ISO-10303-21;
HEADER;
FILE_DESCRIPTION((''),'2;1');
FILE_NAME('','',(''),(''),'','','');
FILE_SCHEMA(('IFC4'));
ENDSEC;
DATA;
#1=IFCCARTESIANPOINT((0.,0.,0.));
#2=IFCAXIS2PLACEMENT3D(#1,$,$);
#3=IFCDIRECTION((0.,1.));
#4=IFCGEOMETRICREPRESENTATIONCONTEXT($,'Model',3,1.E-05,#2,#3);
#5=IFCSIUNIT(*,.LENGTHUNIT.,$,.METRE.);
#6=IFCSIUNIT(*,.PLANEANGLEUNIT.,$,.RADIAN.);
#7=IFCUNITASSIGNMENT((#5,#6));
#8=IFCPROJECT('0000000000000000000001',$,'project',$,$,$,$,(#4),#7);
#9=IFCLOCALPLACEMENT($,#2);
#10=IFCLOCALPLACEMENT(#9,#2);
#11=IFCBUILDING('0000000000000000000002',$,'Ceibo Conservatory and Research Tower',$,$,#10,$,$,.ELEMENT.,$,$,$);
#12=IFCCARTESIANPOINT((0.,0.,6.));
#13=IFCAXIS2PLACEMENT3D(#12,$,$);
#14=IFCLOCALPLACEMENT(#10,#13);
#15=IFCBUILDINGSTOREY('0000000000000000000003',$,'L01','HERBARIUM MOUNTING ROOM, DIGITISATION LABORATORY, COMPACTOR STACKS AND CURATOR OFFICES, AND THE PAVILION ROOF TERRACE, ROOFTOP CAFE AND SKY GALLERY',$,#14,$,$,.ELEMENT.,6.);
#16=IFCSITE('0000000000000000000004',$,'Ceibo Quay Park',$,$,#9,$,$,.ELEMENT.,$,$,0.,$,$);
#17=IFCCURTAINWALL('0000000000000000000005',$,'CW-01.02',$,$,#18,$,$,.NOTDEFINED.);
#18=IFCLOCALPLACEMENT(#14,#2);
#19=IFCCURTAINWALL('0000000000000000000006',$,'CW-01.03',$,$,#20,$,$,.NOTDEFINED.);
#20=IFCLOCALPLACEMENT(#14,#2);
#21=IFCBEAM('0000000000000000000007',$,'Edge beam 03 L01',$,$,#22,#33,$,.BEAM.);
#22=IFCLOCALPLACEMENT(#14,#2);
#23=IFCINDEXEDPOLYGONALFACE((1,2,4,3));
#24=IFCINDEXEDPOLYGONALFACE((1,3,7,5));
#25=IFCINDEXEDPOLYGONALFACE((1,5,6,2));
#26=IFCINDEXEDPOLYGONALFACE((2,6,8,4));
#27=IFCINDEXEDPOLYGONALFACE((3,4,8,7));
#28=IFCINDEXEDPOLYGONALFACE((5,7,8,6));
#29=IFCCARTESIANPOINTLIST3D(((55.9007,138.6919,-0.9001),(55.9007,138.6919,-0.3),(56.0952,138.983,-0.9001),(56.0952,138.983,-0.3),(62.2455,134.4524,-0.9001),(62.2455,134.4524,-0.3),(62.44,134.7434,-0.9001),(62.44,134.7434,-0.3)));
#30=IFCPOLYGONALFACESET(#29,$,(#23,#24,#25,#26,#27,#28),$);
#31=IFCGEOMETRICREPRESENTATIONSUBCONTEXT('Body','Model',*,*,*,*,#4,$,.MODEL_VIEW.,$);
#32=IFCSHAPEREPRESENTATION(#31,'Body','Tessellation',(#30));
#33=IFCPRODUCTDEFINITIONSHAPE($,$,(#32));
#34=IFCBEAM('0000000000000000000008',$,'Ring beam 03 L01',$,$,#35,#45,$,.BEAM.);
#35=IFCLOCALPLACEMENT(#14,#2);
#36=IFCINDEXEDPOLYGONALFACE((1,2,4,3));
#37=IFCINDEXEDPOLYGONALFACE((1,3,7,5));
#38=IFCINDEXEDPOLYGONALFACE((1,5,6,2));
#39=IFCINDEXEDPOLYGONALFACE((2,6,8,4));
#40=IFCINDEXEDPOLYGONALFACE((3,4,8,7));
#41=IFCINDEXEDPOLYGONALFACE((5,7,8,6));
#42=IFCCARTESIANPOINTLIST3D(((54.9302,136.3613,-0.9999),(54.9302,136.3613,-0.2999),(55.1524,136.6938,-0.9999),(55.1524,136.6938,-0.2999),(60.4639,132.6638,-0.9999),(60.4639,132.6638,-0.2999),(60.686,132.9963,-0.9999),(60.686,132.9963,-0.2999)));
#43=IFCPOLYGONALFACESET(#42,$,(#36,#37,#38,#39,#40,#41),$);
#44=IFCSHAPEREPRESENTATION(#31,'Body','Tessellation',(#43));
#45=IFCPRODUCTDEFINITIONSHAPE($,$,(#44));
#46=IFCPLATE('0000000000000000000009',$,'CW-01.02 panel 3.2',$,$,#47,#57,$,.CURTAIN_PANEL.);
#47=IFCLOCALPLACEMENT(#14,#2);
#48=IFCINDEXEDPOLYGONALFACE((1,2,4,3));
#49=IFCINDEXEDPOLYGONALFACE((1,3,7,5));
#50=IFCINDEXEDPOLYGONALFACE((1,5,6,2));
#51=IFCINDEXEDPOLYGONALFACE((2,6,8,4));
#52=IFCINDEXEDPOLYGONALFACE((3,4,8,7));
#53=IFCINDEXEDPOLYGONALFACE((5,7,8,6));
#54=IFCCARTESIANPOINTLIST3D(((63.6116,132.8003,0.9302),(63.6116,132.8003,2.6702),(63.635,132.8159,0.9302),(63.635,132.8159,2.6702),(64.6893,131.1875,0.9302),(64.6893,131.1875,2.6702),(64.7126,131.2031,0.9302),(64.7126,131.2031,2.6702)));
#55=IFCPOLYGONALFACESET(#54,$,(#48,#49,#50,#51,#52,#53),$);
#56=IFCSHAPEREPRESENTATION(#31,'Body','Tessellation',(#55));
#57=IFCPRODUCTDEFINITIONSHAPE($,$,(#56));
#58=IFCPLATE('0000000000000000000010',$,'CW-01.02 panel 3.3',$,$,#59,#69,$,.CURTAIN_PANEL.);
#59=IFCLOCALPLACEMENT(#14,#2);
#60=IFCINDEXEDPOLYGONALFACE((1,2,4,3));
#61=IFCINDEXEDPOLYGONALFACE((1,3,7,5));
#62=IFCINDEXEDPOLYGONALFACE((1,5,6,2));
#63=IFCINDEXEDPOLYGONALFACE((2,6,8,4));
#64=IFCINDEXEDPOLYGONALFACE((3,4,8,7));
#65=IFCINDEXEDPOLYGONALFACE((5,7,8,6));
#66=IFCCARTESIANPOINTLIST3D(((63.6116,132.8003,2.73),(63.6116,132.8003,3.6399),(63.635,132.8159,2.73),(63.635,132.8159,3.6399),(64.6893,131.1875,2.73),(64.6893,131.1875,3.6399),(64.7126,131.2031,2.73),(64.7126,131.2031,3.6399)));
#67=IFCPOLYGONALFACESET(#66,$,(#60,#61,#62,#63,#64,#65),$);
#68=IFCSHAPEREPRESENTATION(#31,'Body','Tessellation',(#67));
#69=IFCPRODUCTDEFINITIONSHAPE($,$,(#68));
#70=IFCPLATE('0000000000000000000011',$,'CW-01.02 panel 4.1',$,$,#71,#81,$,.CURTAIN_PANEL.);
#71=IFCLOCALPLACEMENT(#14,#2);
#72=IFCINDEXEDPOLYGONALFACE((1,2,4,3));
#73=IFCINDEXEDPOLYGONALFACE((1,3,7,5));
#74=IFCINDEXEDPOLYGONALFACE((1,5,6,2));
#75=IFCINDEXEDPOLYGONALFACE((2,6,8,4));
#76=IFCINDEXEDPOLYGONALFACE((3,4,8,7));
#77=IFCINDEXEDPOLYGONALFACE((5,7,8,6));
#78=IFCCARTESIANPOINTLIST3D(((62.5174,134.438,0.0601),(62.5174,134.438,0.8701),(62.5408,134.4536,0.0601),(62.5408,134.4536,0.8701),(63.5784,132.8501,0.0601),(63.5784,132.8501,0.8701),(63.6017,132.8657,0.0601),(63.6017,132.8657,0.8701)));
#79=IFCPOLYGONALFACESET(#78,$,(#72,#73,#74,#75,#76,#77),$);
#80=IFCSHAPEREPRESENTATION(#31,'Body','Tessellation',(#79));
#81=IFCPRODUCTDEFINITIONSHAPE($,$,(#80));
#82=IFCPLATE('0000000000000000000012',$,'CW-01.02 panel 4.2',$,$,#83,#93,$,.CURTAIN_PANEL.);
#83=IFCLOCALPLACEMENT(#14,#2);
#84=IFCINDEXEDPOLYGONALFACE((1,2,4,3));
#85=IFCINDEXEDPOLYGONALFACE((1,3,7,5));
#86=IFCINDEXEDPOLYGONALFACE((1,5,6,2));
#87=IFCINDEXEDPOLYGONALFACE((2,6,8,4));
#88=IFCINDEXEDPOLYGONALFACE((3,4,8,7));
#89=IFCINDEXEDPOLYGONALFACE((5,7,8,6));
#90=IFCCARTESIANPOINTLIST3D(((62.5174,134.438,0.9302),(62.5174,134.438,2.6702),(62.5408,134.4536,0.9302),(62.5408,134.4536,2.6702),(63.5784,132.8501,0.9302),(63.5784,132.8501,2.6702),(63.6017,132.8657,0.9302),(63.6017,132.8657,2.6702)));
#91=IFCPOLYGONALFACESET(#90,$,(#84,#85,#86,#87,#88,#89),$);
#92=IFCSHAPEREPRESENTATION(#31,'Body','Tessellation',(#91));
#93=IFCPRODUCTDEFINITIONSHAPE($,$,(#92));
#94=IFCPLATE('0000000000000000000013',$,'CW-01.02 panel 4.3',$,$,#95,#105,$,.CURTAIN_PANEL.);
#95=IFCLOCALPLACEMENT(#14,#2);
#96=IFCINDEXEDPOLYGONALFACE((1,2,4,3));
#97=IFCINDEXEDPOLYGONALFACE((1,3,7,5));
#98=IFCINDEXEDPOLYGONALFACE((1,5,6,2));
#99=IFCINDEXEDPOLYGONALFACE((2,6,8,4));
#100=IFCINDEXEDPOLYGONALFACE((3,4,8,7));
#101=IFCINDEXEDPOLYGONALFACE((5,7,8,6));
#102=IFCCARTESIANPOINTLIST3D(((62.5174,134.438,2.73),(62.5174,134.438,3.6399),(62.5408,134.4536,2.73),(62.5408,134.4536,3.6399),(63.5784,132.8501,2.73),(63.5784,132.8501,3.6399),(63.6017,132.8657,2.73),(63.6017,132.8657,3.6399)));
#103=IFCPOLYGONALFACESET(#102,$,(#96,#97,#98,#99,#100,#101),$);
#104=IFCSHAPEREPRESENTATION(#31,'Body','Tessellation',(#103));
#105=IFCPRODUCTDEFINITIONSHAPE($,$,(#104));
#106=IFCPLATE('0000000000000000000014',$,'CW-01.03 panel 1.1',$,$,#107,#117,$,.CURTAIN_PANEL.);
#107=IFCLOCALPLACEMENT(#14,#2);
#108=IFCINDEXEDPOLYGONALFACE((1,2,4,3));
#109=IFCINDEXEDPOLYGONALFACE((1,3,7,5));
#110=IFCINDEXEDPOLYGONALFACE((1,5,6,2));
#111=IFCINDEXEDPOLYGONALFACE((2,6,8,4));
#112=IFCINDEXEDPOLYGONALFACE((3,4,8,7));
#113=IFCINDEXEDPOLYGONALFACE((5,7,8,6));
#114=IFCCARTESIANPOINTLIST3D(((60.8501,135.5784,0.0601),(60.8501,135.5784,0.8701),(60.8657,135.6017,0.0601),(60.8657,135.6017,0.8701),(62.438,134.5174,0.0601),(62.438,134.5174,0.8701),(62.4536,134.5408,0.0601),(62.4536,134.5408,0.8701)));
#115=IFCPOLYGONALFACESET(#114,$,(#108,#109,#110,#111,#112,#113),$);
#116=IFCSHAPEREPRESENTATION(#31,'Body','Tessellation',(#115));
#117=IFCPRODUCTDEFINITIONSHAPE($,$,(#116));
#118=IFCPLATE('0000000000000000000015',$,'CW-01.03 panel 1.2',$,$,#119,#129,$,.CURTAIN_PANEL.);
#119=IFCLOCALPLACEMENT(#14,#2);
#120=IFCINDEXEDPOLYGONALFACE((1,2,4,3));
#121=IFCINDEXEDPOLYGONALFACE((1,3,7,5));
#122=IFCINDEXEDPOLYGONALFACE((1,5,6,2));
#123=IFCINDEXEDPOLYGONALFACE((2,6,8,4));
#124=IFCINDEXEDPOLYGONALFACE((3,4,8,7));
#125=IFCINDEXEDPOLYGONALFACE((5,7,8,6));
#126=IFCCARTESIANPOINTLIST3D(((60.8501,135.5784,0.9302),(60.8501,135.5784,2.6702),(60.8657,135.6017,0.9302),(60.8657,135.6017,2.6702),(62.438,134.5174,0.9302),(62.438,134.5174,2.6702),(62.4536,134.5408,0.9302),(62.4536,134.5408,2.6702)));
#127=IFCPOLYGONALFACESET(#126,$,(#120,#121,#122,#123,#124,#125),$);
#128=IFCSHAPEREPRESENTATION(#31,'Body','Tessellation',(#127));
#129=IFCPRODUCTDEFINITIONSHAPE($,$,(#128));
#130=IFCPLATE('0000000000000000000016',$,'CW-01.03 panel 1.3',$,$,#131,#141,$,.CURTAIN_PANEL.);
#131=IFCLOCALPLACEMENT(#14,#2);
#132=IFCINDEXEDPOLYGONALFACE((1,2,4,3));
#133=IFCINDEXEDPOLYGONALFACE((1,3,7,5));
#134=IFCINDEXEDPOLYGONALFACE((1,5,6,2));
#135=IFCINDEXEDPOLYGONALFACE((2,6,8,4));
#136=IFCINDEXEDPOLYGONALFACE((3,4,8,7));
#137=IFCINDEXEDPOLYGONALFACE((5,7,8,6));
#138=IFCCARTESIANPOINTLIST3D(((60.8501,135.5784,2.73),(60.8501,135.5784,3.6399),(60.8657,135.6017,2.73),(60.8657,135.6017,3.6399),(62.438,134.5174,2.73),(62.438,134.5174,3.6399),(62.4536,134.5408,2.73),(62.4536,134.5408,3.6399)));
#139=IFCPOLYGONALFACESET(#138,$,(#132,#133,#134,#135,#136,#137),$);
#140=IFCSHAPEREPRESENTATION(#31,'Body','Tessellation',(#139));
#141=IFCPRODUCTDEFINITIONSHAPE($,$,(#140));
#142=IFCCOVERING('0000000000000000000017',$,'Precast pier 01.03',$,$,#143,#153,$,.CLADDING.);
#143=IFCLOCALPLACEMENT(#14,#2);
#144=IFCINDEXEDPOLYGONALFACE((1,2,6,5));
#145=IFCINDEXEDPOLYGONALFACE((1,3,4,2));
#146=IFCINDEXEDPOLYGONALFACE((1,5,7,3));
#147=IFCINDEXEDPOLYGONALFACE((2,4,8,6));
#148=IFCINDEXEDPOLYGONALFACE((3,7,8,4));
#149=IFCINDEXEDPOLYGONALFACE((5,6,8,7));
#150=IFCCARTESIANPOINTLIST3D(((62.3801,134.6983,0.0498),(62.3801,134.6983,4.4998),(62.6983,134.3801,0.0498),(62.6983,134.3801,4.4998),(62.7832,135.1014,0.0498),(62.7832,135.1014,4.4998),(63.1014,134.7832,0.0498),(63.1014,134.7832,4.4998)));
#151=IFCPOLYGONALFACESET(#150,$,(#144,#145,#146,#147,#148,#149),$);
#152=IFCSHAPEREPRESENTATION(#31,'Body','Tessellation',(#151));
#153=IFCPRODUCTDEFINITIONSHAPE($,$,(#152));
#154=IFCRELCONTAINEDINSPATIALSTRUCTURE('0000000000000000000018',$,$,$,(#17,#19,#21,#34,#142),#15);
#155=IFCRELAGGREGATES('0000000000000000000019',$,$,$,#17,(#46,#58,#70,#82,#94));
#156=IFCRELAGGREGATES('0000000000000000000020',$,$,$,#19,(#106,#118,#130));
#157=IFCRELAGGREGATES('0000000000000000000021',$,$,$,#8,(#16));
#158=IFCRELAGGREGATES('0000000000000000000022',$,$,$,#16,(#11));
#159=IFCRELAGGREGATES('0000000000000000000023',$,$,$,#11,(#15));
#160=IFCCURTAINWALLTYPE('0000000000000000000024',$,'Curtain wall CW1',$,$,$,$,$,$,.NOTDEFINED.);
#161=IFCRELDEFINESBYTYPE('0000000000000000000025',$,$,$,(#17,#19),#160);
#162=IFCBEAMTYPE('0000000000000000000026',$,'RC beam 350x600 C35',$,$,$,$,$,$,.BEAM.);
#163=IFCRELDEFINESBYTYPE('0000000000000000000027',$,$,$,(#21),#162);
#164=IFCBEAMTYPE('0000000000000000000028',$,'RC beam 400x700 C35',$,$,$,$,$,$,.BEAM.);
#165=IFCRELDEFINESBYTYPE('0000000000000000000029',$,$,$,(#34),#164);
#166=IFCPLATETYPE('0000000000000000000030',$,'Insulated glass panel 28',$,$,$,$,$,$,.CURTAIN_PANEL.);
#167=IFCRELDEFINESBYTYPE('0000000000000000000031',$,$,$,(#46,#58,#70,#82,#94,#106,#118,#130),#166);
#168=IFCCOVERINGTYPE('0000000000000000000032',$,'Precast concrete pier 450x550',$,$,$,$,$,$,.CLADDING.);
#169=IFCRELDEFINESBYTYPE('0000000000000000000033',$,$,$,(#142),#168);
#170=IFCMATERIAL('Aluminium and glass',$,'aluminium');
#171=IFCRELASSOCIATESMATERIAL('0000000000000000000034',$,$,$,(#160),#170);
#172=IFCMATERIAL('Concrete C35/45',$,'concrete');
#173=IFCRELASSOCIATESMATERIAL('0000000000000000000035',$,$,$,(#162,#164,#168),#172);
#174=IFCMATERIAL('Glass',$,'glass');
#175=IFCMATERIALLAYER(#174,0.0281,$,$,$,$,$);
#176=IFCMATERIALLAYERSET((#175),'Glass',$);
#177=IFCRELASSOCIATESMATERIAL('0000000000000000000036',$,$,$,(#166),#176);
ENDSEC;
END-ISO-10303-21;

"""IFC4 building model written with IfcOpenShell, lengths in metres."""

from ifc_helpers import new_model, si_unit, direction, frame, origin, origin_2d, place, context, subcontext, project, spatial, rectangle, extrude, material, layer, layer_set, material_profile, profile_set, type_object, element, aggregate, save


model = new_model("IFC4")

# Units and contexts
model_context = context("Model", 3, precision=1e-05, world=origin(), true_north=direction((0.0, 1.0)))
body_context = subcontext(model_context, "Body", "Model", "MODEL_VIEW")
ifc_project = project(units=[si_unit("LENGTHUNIT", "METRE"), si_unit("PLANEANGLEUNIT", "RADIAN")], contexts=[model_context])

# Site, building, storey
site_placement = place(None, origin())
site = spatial("IfcSite", under=ifc_project, at=site_placement, Name="Ceibo Quay Park", CompositionType="ELEMENT", RefElevation=0.0)
building_placement = place(site_placement, origin())
building = spatial("IfcBuilding", under=site, at=building_placement, Name="Ceibo Conservatory and Research Tower", CompositionType="ELEMENT")
storey_placement = place(building_placement, frame((0.0, 0.0, 6.0)))
storey = spatial("IfcBuildingStorey", under=building, at=storey_placement, Name="L01", Description="HERBARIUM MOUNTING ROOM, DIGITISATION LABORATORY, COMPACTOR STACKS AND CURATOR OFFICES, AND THE PAVILION ROOF TERRACE, ROOFTOP CAFE AND SKY GALLERY", CompositionType="ELEMENT", Elevation=6.0)

# Curtain wall
ifc_material_1 = material(Name="Aluminium and glass", Category="aluminium")
curtain_wall_type = type_object("IfcCurtainWallType", Name="Curtain wall CW1", PredefinedType="NOTDEFINED", material=ifc_material_1)
curtain_wall_1_placement = place(storey_placement, origin())
curtain_wall_1 = element("IfcCurtainWall", 1, at=curtain_wall_1_placement, inside=storey, type_object=curtain_wall_type, Name="CW-01.02", PredefinedType="NOTDEFINED")

# Curtain wall
curtain_wall_2_placement = place(storey_placement, origin())
curtain_wall_2 = element("IfcCurtainWall", 2, at=curtain_wall_2_placement, inside=storey, type_object=curtain_wall_type, Name="CW-01.03", PredefinedType="NOTDEFINED")

# Beams
ifc_material_2 = material(Name="Concrete C35/45", Category="concrete")
ifc_material_profile_1 = material_profile(ifc_material_2, rectangle(XDim=0.3501, YDim=0.6001, at=origin_2d()), Name="RC 350x600")
ifc_profile_set_1 = profile_set([ifc_material_profile_1], Name="Concrete C35/45")
beam_type_1 = type_object("IfcBeamType", Name="RC beam 350x600 C35", PredefinedType="BEAM", material=ifc_profile_set_1)
beam_1_placement = place(storey_placement, frame((62.3428, 134.5979, -0.6001), z_axis=(-0.831464, 0.555578, 0.0), x_axis=(-0.555578, -0.831464, 0.0)))
element("IfcBeam", 3, at=beam_1_placement, inside=storey, type_object=beam_type_1, Name="Edge beam 03 L01", PredefinedType="BEAM", context=body_context, shape_type="SweptSolid", body=[
    extrude(rectangle(XDim=0.3501, YDim=0.6001, at=origin_2d()), origin(), (0.0, 0.0, 1.0), 7.6309),
])
ifc_material_profile_2 = material_profile(ifc_material_2, rectangle(XDim=0.3999, YDim=0.7, at=origin_2d()), Name="RC 400x700")
ifc_profile_set_2 = profile_set([ifc_material_profile_2], Name="Concrete C35/45")
beam_type_2 = type_object("IfcBeamType", Name="RC beam 400x700 C35", PredefinedType="BEAM", material=ifc_profile_set_2)
beam_2_placement = place(storey_placement, frame((60.575, 132.8301, -0.6499), z_axis=(-0.831469, 0.555572, 0.0), x_axis=(-0.555572, -0.831469, 0.0)))
element("IfcBeam", 4, at=beam_2_placement, inside=storey, type_object=beam_type_2, Name="Ring beam 03 L01", PredefinedType="BEAM", context=body_context, shape_type="SweptSolid", body=[
    extrude(rectangle(XDim=0.3999, YDim=0.7, at=origin_2d()), origin(), (0.0, 0.0, 1.0), 6.6553),
])

# Plates
ifc_material_3 = material(Name="Glass", Category="glass")
ifc_layer = layer(ifc_material_3, 0.0281)
ifc_layer_set = layer_set([ifc_layer], Name="Glass")
plate_type = type_object("IfcPlateType", Name="Insulated glass panel 28", PredefinedType="CURTAIN_PANEL", material=ifc_layer_set)
plate_1_placement = place(storey_placement, frame((64.1621, 132.0017, 0.9302), z_axis=(0.0, 0.0, 1.0), x_axis=(-0.55557, 0.83147, 0.0)))
plate_1 = element("IfcPlate", 5, at=plate_1_placement, type_object=plate_type, Name="CW-01.02 panel 3.2", PredefinedType="CURTAIN_PANEL", context=body_context, shape_type="SweptSolid", body=[
    extrude(rectangle(XDim=1.9397, YDim=0.0281, at=origin_2d()), origin(), (0.0, 0.0, 1.0), 1.74),
])
plate_2_placement = place(storey_placement, frame((64.1621, 132.0017, 2.73), z_axis=(0.0, 0.0, 1.0), x_axis=(-0.55557, 0.83147, 0.0)))
plate_2 = element("IfcPlate", 6, at=plate_2_placement, type_object=plate_type, Name="CW-01.02 panel 3.3", PredefinedType="CURTAIN_PANEL", context=body_context, shape_type="SweptSolid", body=[
    extrude(rectangle(XDim=1.9397, YDim=0.0281, at=origin_2d()), origin(), (0.0, 0.0, 1.0), 0.9099),
])
plate_3_placement = place(storey_placement, frame((63.0596, 133.6519, 0.0601), z_axis=(0.0, 0.0, 1.0), x_axis=(-0.55557, 0.83147, 0.0)))
plate_3 = element("IfcPlate", 7, at=plate_3_placement, type_object=plate_type, Name="CW-01.02 panel 4.1", PredefinedType="CURTAIN_PANEL", context=body_context, shape_type="SweptSolid", body=[
    extrude(rectangle(XDim=1.9097, YDim=0.0281, at=origin_2d()), origin(), (0.0, 0.0, 1.0), 0.8101),
])
plate_4_placement = place(storey_placement, frame((63.0596, 133.6519, 0.9302), z_axis=(0.0, 0.0, 1.0), x_axis=(-0.55557, 0.83147, 0.0)))
plate_4 = element("IfcPlate", 8, at=plate_4_placement, type_object=plate_type, Name="CW-01.02 panel 4.2", PredefinedType="CURTAIN_PANEL", context=body_context, shape_type="SweptSolid", body=[
    extrude(rectangle(XDim=1.9097, YDim=0.0281, at=origin_2d()), origin(), (0.0, 0.0, 1.0), 1.74),
])
plate_5_placement = place(storey_placement, frame((63.0596, 133.6519, 2.73), z_axis=(0.0, 0.0, 1.0), x_axis=(-0.55557, 0.83147, 0.0)))
plate_5 = element("IfcPlate", 9, at=plate_5_placement, type_object=plate_type, Name="CW-01.02 panel 4.3", PredefinedType="CURTAIN_PANEL", context=body_context, shape_type="SweptSolid", body=[
    extrude(rectangle(XDim=1.9097, YDim=0.0281, at=origin_2d()), origin(), (0.0, 0.0, 1.0), 0.9099),
])
aggregate(curtain_wall_1, [plate_1, plate_2, plate_3, plate_4, plate_5])
plate_6_placement = place(storey_placement, frame((61.6519, 135.0596, 0.0601), z_axis=(0.0, 0.0, 1.0), x_axis=(-0.83147, 0.55557, 0.0)))
plate_6 = element("IfcPlate", 10, at=plate_6_placement, type_object=plate_type, Name="CW-01.03 panel 1.1", PredefinedType="CURTAIN_PANEL", context=body_context, shape_type="SweptSolid", body=[
    extrude(rectangle(XDim=1.9097, YDim=0.0281, at=origin_2d()), origin(), (0.0, 0.0, 1.0), 0.8101),
])
plate_7_placement = place(storey_placement, frame((61.6519, 135.0596, 0.9302), z_axis=(0.0, 0.0, 1.0), x_axis=(-0.83147, 0.55557, 0.0)))
plate_7 = element("IfcPlate", 11, at=plate_7_placement, type_object=plate_type, Name="CW-01.03 panel 1.2", PredefinedType="CURTAIN_PANEL", context=body_context, shape_type="SweptSolid", body=[
    extrude(rectangle(XDim=1.9097, YDim=0.0281, at=origin_2d()), origin(), (0.0, 0.0, 1.0), 1.74),
])
plate_8_placement = place(storey_placement, frame((61.6519, 135.0596, 2.73), z_axis=(0.0, 0.0, 1.0), x_axis=(-0.83147, 0.55557, 0.0)))
plate_8 = element("IfcPlate", 12, at=plate_8_placement, type_object=plate_type, Name="CW-01.03 panel 1.3", PredefinedType="CURTAIN_PANEL", context=body_context, shape_type="SweptSolid", body=[
    extrude(rectangle(XDim=1.9097, YDim=0.0281, at=origin_2d()), origin(), (0.0, 0.0, 1.0), 0.9099),
])
aggregate(curtain_wall_2, [plate_6, plate_7, plate_8])

# Covering
covering_type = type_object("IfcCoveringType", Name="Precast concrete pier 450x550", PredefinedType="CLADDING", material=ifc_material_2)
covering_placement = place(storey_placement, frame((62.7407, 134.7407, 0.0498), z_axis=(0.0, 0.0, 1.0), x_axis=(0.707107, 0.707107, 0.0)))
element("IfcCovering", 13, at=covering_placement, inside=storey, type_object=covering_type, Name="Precast pier 01.03", PredefinedType="CLADDING", context=body_context, shape_type="SweptSolid", body=[
    extrude(rectangle(XDim=0.5701, YDim=0.45, at=origin_2d()), origin(), (0.0, 0.0, 1.0), 4.45),
])

save(model, "model.ifc")
